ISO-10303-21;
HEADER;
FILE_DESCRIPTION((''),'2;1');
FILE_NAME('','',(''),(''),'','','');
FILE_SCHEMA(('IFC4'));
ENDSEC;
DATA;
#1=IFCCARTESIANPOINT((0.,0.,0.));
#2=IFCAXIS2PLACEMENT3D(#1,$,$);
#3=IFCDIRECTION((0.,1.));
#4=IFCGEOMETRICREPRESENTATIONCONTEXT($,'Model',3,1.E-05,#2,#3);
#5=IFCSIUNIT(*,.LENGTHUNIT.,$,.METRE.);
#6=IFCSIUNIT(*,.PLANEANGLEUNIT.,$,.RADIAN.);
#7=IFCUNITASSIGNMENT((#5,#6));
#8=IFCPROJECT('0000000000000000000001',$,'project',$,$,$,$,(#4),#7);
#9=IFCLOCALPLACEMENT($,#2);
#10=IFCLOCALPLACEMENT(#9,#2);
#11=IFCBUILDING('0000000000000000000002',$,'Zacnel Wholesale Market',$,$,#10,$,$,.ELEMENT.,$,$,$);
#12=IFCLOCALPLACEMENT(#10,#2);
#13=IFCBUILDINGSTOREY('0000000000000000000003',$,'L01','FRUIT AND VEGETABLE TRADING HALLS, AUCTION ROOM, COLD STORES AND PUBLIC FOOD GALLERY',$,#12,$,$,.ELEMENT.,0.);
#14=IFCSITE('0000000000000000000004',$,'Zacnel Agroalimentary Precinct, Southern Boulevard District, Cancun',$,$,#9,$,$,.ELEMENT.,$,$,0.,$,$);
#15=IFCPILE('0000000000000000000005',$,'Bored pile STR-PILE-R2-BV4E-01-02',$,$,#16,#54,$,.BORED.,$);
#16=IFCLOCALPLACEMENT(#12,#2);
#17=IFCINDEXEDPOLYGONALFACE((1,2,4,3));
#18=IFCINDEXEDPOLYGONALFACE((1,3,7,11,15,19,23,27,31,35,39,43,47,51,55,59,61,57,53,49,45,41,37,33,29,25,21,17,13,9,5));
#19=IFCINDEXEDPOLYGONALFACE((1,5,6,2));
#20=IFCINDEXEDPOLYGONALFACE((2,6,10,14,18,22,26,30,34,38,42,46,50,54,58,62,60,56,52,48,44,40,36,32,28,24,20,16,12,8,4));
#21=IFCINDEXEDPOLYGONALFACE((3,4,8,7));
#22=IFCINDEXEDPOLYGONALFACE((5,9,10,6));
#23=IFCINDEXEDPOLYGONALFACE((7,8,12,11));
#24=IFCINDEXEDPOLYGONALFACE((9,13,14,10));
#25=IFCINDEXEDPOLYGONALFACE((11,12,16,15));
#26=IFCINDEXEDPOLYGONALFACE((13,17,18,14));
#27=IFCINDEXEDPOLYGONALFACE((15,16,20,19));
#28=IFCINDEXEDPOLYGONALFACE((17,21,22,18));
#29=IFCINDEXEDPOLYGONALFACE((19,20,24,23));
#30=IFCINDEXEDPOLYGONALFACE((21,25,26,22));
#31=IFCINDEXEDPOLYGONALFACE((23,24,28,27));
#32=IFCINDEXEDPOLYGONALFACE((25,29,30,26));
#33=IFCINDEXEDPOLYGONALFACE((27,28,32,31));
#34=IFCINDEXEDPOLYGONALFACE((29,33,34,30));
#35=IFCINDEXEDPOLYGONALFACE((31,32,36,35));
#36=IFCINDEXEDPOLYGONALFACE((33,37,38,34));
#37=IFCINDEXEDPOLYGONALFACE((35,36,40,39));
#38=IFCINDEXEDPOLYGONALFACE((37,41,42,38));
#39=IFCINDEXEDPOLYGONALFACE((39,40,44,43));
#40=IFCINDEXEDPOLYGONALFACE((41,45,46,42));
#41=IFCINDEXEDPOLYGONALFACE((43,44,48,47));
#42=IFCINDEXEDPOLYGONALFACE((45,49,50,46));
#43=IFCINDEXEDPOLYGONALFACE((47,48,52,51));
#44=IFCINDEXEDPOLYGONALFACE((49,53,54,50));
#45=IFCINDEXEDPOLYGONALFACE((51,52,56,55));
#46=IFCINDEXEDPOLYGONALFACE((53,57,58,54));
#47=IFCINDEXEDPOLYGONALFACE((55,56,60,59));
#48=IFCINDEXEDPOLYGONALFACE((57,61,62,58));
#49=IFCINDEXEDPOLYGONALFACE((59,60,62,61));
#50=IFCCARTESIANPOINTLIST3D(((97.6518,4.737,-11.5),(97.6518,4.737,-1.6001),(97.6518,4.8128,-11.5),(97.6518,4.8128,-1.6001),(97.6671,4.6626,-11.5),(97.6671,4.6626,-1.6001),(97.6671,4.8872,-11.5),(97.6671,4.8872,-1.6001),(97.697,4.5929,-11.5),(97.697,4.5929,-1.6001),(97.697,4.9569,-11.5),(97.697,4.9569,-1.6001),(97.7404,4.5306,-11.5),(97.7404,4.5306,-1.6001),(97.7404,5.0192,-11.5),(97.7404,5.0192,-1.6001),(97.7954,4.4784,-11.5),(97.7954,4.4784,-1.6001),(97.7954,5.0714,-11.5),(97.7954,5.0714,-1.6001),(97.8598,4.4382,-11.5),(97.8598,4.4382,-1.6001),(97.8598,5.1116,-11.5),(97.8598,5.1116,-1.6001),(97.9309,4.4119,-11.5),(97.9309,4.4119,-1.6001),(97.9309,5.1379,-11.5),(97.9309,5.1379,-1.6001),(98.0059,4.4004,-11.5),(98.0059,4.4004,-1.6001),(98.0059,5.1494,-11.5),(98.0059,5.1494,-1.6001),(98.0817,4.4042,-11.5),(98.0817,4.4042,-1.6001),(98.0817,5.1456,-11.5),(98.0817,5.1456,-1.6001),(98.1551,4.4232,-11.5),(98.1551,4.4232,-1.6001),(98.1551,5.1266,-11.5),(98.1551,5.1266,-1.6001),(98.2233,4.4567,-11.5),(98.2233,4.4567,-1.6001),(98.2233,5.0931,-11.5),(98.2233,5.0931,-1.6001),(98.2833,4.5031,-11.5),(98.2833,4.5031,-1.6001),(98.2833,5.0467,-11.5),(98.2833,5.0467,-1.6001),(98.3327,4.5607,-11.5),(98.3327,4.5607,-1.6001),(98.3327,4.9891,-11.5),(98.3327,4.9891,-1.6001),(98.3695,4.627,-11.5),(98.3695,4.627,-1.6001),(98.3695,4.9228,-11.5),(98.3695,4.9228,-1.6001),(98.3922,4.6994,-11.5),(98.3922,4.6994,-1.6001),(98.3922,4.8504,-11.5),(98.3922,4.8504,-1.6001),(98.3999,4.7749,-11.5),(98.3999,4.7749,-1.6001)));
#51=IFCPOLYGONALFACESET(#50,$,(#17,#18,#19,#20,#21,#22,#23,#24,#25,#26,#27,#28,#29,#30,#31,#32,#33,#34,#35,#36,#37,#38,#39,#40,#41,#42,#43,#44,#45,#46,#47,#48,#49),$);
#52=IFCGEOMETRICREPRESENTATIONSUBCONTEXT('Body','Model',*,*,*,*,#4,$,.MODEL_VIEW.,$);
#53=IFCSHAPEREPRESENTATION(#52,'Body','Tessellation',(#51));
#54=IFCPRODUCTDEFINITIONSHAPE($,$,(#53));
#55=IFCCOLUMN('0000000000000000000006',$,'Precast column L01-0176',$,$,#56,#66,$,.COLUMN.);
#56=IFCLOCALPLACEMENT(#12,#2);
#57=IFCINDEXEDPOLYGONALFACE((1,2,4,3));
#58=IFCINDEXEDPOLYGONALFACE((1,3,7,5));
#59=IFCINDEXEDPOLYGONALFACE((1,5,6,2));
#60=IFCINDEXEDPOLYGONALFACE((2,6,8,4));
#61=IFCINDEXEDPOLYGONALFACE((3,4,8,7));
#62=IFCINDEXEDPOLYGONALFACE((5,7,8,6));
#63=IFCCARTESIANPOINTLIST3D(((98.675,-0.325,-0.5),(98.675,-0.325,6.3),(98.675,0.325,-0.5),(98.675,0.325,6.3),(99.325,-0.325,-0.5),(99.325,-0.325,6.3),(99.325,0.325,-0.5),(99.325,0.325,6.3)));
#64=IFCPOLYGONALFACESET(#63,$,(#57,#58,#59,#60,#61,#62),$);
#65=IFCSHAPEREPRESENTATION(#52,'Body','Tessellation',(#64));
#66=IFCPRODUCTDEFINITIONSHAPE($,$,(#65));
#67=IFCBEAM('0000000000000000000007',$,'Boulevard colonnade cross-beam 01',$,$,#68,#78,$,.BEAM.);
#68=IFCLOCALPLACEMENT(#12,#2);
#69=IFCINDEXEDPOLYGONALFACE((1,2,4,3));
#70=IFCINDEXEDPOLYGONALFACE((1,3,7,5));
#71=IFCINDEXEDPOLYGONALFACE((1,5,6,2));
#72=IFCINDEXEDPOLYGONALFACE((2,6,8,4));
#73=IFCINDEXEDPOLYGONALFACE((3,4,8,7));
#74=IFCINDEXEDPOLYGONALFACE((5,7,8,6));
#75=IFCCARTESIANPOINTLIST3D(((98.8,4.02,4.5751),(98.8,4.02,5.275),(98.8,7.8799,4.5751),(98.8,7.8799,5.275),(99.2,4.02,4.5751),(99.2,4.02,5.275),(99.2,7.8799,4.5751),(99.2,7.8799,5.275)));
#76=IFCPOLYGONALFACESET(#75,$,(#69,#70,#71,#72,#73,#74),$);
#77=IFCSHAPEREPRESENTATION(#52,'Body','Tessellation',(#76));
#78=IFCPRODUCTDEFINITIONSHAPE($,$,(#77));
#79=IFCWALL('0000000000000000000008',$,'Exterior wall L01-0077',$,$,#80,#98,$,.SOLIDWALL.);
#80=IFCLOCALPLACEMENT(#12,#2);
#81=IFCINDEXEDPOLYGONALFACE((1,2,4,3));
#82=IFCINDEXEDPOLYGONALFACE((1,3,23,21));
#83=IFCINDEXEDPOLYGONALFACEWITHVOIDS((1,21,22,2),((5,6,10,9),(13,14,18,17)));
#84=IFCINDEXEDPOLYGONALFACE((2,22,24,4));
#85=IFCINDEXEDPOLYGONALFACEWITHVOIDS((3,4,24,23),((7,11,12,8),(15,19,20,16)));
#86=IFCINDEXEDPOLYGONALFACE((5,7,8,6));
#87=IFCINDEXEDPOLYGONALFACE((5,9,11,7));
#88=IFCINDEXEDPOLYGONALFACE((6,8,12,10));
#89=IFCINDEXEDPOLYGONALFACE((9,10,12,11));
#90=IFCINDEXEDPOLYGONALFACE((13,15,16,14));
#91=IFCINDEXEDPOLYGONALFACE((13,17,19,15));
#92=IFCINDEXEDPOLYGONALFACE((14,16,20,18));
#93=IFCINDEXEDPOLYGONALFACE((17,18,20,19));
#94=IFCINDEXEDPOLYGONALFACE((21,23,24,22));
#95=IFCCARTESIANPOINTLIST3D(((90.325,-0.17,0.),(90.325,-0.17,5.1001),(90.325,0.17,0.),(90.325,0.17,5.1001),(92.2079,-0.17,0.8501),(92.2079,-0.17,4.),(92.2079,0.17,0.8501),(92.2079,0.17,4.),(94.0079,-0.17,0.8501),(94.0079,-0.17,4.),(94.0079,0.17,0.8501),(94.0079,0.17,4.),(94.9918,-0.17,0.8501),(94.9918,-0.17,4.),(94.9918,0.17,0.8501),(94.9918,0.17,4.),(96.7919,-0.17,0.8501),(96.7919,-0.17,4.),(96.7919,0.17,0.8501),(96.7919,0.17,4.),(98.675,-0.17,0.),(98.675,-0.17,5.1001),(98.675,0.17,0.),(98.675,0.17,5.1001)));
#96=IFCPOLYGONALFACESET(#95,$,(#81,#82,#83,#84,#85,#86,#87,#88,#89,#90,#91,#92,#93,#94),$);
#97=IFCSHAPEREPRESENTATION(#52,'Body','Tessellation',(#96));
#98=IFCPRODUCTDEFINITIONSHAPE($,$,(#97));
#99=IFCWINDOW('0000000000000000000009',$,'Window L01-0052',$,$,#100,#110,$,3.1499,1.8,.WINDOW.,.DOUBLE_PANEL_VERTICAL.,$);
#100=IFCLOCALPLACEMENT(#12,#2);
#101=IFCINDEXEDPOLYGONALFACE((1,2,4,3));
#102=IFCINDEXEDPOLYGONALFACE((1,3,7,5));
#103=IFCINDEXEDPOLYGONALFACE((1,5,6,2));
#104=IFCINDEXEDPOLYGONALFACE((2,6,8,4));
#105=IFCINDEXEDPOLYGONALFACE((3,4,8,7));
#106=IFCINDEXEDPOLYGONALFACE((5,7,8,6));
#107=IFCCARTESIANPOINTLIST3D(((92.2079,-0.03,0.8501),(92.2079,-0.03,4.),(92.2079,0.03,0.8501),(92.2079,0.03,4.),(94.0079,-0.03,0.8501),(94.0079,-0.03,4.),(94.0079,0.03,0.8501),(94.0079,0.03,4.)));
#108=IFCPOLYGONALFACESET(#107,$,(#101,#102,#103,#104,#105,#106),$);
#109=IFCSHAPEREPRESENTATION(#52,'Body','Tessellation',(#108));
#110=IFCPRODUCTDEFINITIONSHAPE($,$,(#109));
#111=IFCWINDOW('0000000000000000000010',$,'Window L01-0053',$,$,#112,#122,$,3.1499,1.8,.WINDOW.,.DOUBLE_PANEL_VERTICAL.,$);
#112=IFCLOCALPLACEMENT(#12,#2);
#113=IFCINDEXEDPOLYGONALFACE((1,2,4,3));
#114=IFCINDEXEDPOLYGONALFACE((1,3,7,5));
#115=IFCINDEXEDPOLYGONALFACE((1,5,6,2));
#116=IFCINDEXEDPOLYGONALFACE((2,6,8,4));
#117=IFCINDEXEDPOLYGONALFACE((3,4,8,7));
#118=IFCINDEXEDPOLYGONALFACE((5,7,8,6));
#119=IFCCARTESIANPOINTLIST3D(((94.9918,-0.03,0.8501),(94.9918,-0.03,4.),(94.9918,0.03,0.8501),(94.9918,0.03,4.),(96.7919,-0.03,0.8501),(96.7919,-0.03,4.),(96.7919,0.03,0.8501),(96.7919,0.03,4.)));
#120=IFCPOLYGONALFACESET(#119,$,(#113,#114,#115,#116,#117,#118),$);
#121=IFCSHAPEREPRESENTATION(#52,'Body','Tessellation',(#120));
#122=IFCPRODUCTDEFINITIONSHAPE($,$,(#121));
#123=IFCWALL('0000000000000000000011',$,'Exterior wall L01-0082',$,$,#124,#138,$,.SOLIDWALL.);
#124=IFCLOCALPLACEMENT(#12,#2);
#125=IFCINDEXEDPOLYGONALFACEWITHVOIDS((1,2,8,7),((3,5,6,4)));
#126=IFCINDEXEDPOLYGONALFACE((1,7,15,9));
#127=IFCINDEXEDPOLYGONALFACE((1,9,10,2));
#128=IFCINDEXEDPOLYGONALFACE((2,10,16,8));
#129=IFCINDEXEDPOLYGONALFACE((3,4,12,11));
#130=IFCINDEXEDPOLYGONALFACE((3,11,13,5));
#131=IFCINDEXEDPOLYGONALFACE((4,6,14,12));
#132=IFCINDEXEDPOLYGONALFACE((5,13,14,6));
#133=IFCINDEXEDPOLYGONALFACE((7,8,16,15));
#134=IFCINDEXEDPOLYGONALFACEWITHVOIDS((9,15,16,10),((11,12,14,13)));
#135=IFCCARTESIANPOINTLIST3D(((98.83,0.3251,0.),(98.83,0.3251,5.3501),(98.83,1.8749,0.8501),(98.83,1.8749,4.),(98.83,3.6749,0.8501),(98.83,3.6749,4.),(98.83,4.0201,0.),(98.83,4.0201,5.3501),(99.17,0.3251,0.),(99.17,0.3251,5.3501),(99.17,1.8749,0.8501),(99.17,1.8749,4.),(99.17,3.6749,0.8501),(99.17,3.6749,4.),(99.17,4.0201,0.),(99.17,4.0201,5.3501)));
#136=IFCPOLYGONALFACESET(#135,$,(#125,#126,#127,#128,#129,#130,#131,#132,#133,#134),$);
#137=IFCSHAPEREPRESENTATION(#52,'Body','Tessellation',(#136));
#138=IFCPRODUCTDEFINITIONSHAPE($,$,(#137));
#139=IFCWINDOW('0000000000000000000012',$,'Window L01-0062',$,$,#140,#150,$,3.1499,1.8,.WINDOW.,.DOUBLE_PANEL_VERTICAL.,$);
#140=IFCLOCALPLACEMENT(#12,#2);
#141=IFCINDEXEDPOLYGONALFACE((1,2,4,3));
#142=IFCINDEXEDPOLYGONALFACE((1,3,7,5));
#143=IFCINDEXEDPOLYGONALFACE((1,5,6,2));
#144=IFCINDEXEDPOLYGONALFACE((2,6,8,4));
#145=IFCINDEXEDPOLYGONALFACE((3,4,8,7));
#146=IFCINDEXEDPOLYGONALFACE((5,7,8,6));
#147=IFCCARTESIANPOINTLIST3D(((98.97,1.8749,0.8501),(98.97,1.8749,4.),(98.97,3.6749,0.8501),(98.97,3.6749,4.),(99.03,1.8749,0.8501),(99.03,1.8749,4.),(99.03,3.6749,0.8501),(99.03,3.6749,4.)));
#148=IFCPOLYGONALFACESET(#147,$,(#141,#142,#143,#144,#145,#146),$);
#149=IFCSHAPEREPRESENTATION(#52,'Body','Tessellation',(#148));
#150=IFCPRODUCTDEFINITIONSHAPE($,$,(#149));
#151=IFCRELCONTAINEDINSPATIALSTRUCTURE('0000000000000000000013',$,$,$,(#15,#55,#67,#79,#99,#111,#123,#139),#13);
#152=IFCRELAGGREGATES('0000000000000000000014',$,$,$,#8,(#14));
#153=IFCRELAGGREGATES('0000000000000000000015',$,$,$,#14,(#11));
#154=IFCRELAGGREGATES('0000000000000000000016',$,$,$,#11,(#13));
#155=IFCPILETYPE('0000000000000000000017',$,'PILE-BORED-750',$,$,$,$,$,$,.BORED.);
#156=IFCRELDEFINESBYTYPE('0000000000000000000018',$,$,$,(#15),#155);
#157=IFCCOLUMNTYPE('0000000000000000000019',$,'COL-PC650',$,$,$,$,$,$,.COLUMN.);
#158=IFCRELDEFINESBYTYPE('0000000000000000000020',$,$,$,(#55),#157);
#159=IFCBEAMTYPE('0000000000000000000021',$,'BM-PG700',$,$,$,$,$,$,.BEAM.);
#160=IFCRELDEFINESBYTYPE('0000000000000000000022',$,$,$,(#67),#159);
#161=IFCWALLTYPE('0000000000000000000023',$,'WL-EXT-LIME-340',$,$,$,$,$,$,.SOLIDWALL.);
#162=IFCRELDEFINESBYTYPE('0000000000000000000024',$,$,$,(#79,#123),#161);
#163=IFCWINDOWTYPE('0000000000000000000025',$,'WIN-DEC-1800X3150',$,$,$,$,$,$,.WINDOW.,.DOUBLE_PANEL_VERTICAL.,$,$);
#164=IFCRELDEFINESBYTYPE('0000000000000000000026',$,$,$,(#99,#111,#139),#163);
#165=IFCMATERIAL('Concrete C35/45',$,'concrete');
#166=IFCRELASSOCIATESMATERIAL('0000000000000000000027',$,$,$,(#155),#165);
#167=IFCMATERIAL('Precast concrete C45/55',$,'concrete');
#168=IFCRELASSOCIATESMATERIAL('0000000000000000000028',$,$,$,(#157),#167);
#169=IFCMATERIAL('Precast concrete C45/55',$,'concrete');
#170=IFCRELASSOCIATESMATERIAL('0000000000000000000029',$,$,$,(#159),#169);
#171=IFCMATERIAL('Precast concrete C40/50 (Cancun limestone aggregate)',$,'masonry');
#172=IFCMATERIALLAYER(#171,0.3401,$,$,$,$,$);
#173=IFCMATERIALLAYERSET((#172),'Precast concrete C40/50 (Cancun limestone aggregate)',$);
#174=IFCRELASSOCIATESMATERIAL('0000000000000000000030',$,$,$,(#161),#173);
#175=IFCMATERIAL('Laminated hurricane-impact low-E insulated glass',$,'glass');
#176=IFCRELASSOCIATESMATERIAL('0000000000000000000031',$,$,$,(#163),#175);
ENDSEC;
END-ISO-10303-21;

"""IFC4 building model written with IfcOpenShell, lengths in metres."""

from ifc_helpers import new_model, si_unit, direction, frame, frame_2d, origin, origin_2d, place, context, subcontext, project, spatial, rectangle, circle, extrude, material, layer, layer_set, material_profile, profile_set, type_object, element, fill, save


model = new_model("IFC4")

# Units and contexts
model_context = context("Model", 3, precision=1e-05, world=origin(), true_north=direction((0.0, 1.0)))
body_context = subcontext(model_context, "Body", "Model", "MODEL_VIEW")
ifc_project = project(units=[si_unit("LENGTHUNIT", "METRE"), si_unit("PLANEANGLEUNIT", "RADIAN")], contexts=[model_context])

# Site, building, storey
site_placement = place(None, origin())
site = spatial("IfcSite", under=ifc_project, at=site_placement, Name="Zacnel Agroalimentary Precinct, Southern Boulevard District, Cancun", CompositionType="ELEMENT", RefElevation=0.0)
building_placement = place(site_placement, origin())
building = spatial("IfcBuilding", under=site, at=building_placement, Name="Zacnel Wholesale Market", CompositionType="ELEMENT")
storey_placement = place(building_placement, origin())
storey = spatial("IfcBuildingStorey", under=building, at=storey_placement, Name="L01", Description="FRUIT AND VEGETABLE TRADING HALLS, AUCTION ROOM, COLD STORES AND PUBLIC FOOD GALLERY", CompositionType="ELEMENT", Elevation=0.0)

# Pile
ifc_material_1 = material(Name="Concrete C35/45", Category="concrete")
ifc_material_profile_1 = material_profile(ifc_material_1, circle(Radius=0.375, at=origin_2d()), Name="BORED PILE D750")
ifc_profile_set_1 = profile_set([ifc_material_profile_1], Name="Concrete C35/45")
pile_type = type_object("IfcPileType", Name="PILE-BORED-750", PredefinedType="BORED", material=ifc_profile_set_1)
for number, where, z_axis, x_axis, name in (
    (1, (98.0249, 4.7749, -1.6001), (0.0, 0.0, -1.0), (1.0, 0.0, 0.0), "Bored pile STR-PILE-R2-BV4E-01-02"),
):
    element("IfcPile", number, at=place(storey_placement, frame(where, z_axis=z_axis, x_axis=x_axis)), inside=storey, type_object=pile_type, Name=name, PredefinedType="BORED", context=body_context, shape_type="SweptSolid", body=[
        extrude(circle(Radius=0.375, at=origin_2d()), origin(), (0.0, 0.0, 1.0), 9.8999),
    ])

# Column
ifc_material_2 = material(Name="Precast concrete C45/55", Category="concrete")
ifc_material_profile_2 = material_profile(ifc_material_2, rectangle(XDim=0.6499, YDim=0.6499, at=origin_2d()), Name="PC 650x650")
ifc_profile_set_2 = profile_set([ifc_material_profile_2], Name="Precast concrete C45/55")
column_type = type_object("IfcColumnType", Name="COL-PC650", PredefinedType="COLUMN", material=ifc_profile_set_2)
column_placement = place(storey_placement, frame((99.0, 0.0, -0.5), z_axis=(0.0, 0.0, 1.0), x_axis=(1.0, 0.0, 0.0)))
element("IfcColumn", 2, at=column_placement, inside=storey, type_object=column_type, Name="Precast column L01-0176", PredefinedType="COLUMN", context=body_context, shape_type="SweptSolid", body=[
    extrude(rectangle(XDim=0.6499, YDim=0.6499, at=origin_2d()), origin(), (0.0, 0.0, 1.0), 6.8),
])

# Beam
ifc_material_3 = material(Name="Precast concrete C45/55", Category="concrete")
ifc_material_profile_3 = material_profile(ifc_material_3, rectangle(XDim=0.3999, YDim=0.7, at=origin_2d()), Name="PG 400x700")
ifc_profile_set_3 = profile_set([ifc_material_profile_3], Name="Precast concrete C45/55")
beam_type = type_object("IfcBeamType", Name="BM-PG700", PredefinedType="BEAM", material=ifc_profile_set_3)
beam_placement = place(storey_placement, frame((99.0, 4.02, 4.925), z_axis=(0.0, 1.0, 0.0), x_axis=(-1.0, 0.0, 0.0)))
element("IfcBeam", 3, at=beam_placement, inside=storey, type_object=beam_type, Name="Boulevard colonnade cross-beam 01", PredefinedType="BEAM", context=body_context, shape_type="SweptSolid", body=[
    extrude(rectangle(XDim=0.3999, YDim=0.7, at=origin_2d()), origin(), (0.0, 0.0, 1.0), 3.8599),
])

# Wall, openings, windows
ifc_material_4 = material(Name="Precast concrete C40/50 (Cancun limestone aggregate)", Category="masonry")
ifc_layer_1 = layer(ifc_material_4, 0.3401)
ifc_layer_set_1 = layer_set([ifc_layer_1], Name="Precast concrete C40/50 (Cancun limestone aggregate)")
wall_type = type_object("IfcWallType", Name="WL-EXT-LIME-340", PredefinedType="SOLIDWALL", material=ifc_layer_set_1)
wall_1_placement = place(storey_placement, frame((90.325, 0.0, 0.0), z_axis=(0.0, 0.0, 1.0), x_axis=(1.0, 0.0, 0.0)))
wall_1 = element("IfcWall", 4, at=wall_1_placement, inside=storey, type_object=wall_type, Name="Exterior wall L01-0077", PredefinedType="SOLIDWALL", context=body_context, shape_type="SweptSolid", body=[
    extrude(rectangle(XDim=8.3501, YDim=0.3401, at=frame_2d((4.175, 0.0))), origin(), (0.0, 0.0, 1.0), 5.1001),
])
opening_1_placement = place(wall_1_placement, frame((1.8831, 0.0, 0.8501)))
opening_1 = element("IfcOpeningElement", 5, at=opening_1_placement, cuts=wall_1, PredefinedType="OPENING", context=body_context, shape_type="SweptSolid", body=[
    extrude(rectangle(XDim=1.8, YDim=3.1499, at=frame_2d((0.8999, 1.575))), frame((0.0, 0.1799, 0.0), z_axis=(0.0, -1.0, 0.0), x_axis=(1.0, 0.0, 0.0)), (0.0, 0.0, 1.0), 0.3601),
])
opening_2_placement = place(wall_1_placement, frame((4.667, 0.0, 0.8501)))
opening_2 = element("IfcOpeningElement", 6, at=opening_2_placement, cuts=wall_1, PredefinedType="OPENING", context=body_context, shape_type="SweptSolid", body=[
    extrude(rectangle(XDim=1.8, YDim=3.1499, at=frame_2d((0.8999, 1.575))), frame((0.0, 0.1799, 0.0), z_axis=(0.0, -1.0, 0.0), x_axis=(1.0, 0.0, 0.0)), (0.0, 0.0, 1.0), 0.3601),
])
ifc_material_5 = material(Name="Laminated hurricane-impact low-E insulated glass", Category="glass")
window_type = type_object("IfcWindowType", Name="WIN-DEC-1800X3150", PartitioningType="DOUBLE_PANEL_VERTICAL", PredefinedType="WINDOW", material=ifc_material_5)
window_1_placement = place(opening_1_placement, origin())
window_1 = element("IfcWindow", 7, at=window_1_placement, inside=storey, type_object=window_type, Name="Window L01-0052", OverallHeight=3.1499, OverallWidth=1.8, PartitioningType="DOUBLE_PANEL_VERTICAL", PredefinedType="WINDOW", context=body_context, shape_type="SweptSolid", body=[
    extrude(rectangle(XDim=1.8, YDim=3.1499, at=frame_2d((0.8999, 1.575))), frame((0.0, 0.03, 0.0), z_axis=(0.0, -1.0, 0.0), x_axis=(1.0, 0.0, 0.0)), (0.0, 0.0, 1.0), 0.0601),
])
fill(opening_1, window_1)
window_2_placement = place(opening_2_placement, origin())
window_2 = element("IfcWindow", 8, at=window_2_placement, inside=storey, type_object=window_type, Name="Window L01-0053", OverallHeight=3.1499, OverallWidth=1.8, PartitioningType="DOUBLE_PANEL_VERTICAL", PredefinedType="WINDOW", context=body_context, shape_type="SweptSolid", body=[
    extrude(rectangle(XDim=1.8, YDim=3.1499, at=frame_2d((0.8999, 1.575))), frame((0.0, 0.03, 0.0), z_axis=(0.0, -1.0, 0.0), x_axis=(1.0, 0.0, 0.0)), (0.0, 0.0, 1.0), 0.0601),
])
fill(opening_2, window_2)

# Wall, opening, window
wall_2_placement = place(storey_placement, frame((99.0, 0.325, 0.0), z_axis=(0.0, 0.0, 1.0), x_axis=(0.0, 1.0, 0.0)))
wall_2 = element("IfcWall", 9, at=wall_2_placement, inside=storey, type_object=wall_type, Name="Exterior wall L01-0082", PredefinedType="SOLIDWALL", context=body_context, shape_type="SweptSolid", body=[
    extrude(rectangle(XDim=3.6951, YDim=0.3401, at=frame_2d((1.8477, 0.0))), origin(), (0.0, 0.0, 1.0), 5.3501),
])
opening_3_placement = place(wall_2_placement, frame((1.55, 0.0, 0.8501)))
opening_3 = element("IfcOpeningElement", 10, at=opening_3_placement, cuts=wall_2, PredefinedType="OPENING", context=body_context, shape_type="SweptSolid", body=[
    extrude(rectangle(XDim=1.8, YDim=3.1499, at=frame_2d((0.8999, 1.575))), frame((0.0, 0.1799, 0.0), z_axis=(0.0, -1.0, 0.0), x_axis=(1.0, 0.0, 0.0)), (0.0, 0.0, 1.0), 0.3601),
])
window_3_placement = place(opening_3_placement, origin())
window_3 = element("IfcWindow", 11, at=window_3_placement, inside=storey, type_object=window_type, Name="Window L01-0062", OverallHeight=3.1499, OverallWidth=1.8, PartitioningType="DOUBLE_PANEL_VERTICAL", PredefinedType="WINDOW", context=body_context, shape_type="SweptSolid", body=[
    extrude(rectangle(XDim=1.8, YDim=3.1499, at=frame_2d((0.8999, 1.575))), frame((0.0, 0.03, 0.0), z_axis=(0.0, -1.0, 0.0), x_axis=(1.0, 0.0, 0.0)), (0.0, 0.0, 1.0), 0.0601),
])
fill(opening_3, window_3)

save(model, "model.ifc")
